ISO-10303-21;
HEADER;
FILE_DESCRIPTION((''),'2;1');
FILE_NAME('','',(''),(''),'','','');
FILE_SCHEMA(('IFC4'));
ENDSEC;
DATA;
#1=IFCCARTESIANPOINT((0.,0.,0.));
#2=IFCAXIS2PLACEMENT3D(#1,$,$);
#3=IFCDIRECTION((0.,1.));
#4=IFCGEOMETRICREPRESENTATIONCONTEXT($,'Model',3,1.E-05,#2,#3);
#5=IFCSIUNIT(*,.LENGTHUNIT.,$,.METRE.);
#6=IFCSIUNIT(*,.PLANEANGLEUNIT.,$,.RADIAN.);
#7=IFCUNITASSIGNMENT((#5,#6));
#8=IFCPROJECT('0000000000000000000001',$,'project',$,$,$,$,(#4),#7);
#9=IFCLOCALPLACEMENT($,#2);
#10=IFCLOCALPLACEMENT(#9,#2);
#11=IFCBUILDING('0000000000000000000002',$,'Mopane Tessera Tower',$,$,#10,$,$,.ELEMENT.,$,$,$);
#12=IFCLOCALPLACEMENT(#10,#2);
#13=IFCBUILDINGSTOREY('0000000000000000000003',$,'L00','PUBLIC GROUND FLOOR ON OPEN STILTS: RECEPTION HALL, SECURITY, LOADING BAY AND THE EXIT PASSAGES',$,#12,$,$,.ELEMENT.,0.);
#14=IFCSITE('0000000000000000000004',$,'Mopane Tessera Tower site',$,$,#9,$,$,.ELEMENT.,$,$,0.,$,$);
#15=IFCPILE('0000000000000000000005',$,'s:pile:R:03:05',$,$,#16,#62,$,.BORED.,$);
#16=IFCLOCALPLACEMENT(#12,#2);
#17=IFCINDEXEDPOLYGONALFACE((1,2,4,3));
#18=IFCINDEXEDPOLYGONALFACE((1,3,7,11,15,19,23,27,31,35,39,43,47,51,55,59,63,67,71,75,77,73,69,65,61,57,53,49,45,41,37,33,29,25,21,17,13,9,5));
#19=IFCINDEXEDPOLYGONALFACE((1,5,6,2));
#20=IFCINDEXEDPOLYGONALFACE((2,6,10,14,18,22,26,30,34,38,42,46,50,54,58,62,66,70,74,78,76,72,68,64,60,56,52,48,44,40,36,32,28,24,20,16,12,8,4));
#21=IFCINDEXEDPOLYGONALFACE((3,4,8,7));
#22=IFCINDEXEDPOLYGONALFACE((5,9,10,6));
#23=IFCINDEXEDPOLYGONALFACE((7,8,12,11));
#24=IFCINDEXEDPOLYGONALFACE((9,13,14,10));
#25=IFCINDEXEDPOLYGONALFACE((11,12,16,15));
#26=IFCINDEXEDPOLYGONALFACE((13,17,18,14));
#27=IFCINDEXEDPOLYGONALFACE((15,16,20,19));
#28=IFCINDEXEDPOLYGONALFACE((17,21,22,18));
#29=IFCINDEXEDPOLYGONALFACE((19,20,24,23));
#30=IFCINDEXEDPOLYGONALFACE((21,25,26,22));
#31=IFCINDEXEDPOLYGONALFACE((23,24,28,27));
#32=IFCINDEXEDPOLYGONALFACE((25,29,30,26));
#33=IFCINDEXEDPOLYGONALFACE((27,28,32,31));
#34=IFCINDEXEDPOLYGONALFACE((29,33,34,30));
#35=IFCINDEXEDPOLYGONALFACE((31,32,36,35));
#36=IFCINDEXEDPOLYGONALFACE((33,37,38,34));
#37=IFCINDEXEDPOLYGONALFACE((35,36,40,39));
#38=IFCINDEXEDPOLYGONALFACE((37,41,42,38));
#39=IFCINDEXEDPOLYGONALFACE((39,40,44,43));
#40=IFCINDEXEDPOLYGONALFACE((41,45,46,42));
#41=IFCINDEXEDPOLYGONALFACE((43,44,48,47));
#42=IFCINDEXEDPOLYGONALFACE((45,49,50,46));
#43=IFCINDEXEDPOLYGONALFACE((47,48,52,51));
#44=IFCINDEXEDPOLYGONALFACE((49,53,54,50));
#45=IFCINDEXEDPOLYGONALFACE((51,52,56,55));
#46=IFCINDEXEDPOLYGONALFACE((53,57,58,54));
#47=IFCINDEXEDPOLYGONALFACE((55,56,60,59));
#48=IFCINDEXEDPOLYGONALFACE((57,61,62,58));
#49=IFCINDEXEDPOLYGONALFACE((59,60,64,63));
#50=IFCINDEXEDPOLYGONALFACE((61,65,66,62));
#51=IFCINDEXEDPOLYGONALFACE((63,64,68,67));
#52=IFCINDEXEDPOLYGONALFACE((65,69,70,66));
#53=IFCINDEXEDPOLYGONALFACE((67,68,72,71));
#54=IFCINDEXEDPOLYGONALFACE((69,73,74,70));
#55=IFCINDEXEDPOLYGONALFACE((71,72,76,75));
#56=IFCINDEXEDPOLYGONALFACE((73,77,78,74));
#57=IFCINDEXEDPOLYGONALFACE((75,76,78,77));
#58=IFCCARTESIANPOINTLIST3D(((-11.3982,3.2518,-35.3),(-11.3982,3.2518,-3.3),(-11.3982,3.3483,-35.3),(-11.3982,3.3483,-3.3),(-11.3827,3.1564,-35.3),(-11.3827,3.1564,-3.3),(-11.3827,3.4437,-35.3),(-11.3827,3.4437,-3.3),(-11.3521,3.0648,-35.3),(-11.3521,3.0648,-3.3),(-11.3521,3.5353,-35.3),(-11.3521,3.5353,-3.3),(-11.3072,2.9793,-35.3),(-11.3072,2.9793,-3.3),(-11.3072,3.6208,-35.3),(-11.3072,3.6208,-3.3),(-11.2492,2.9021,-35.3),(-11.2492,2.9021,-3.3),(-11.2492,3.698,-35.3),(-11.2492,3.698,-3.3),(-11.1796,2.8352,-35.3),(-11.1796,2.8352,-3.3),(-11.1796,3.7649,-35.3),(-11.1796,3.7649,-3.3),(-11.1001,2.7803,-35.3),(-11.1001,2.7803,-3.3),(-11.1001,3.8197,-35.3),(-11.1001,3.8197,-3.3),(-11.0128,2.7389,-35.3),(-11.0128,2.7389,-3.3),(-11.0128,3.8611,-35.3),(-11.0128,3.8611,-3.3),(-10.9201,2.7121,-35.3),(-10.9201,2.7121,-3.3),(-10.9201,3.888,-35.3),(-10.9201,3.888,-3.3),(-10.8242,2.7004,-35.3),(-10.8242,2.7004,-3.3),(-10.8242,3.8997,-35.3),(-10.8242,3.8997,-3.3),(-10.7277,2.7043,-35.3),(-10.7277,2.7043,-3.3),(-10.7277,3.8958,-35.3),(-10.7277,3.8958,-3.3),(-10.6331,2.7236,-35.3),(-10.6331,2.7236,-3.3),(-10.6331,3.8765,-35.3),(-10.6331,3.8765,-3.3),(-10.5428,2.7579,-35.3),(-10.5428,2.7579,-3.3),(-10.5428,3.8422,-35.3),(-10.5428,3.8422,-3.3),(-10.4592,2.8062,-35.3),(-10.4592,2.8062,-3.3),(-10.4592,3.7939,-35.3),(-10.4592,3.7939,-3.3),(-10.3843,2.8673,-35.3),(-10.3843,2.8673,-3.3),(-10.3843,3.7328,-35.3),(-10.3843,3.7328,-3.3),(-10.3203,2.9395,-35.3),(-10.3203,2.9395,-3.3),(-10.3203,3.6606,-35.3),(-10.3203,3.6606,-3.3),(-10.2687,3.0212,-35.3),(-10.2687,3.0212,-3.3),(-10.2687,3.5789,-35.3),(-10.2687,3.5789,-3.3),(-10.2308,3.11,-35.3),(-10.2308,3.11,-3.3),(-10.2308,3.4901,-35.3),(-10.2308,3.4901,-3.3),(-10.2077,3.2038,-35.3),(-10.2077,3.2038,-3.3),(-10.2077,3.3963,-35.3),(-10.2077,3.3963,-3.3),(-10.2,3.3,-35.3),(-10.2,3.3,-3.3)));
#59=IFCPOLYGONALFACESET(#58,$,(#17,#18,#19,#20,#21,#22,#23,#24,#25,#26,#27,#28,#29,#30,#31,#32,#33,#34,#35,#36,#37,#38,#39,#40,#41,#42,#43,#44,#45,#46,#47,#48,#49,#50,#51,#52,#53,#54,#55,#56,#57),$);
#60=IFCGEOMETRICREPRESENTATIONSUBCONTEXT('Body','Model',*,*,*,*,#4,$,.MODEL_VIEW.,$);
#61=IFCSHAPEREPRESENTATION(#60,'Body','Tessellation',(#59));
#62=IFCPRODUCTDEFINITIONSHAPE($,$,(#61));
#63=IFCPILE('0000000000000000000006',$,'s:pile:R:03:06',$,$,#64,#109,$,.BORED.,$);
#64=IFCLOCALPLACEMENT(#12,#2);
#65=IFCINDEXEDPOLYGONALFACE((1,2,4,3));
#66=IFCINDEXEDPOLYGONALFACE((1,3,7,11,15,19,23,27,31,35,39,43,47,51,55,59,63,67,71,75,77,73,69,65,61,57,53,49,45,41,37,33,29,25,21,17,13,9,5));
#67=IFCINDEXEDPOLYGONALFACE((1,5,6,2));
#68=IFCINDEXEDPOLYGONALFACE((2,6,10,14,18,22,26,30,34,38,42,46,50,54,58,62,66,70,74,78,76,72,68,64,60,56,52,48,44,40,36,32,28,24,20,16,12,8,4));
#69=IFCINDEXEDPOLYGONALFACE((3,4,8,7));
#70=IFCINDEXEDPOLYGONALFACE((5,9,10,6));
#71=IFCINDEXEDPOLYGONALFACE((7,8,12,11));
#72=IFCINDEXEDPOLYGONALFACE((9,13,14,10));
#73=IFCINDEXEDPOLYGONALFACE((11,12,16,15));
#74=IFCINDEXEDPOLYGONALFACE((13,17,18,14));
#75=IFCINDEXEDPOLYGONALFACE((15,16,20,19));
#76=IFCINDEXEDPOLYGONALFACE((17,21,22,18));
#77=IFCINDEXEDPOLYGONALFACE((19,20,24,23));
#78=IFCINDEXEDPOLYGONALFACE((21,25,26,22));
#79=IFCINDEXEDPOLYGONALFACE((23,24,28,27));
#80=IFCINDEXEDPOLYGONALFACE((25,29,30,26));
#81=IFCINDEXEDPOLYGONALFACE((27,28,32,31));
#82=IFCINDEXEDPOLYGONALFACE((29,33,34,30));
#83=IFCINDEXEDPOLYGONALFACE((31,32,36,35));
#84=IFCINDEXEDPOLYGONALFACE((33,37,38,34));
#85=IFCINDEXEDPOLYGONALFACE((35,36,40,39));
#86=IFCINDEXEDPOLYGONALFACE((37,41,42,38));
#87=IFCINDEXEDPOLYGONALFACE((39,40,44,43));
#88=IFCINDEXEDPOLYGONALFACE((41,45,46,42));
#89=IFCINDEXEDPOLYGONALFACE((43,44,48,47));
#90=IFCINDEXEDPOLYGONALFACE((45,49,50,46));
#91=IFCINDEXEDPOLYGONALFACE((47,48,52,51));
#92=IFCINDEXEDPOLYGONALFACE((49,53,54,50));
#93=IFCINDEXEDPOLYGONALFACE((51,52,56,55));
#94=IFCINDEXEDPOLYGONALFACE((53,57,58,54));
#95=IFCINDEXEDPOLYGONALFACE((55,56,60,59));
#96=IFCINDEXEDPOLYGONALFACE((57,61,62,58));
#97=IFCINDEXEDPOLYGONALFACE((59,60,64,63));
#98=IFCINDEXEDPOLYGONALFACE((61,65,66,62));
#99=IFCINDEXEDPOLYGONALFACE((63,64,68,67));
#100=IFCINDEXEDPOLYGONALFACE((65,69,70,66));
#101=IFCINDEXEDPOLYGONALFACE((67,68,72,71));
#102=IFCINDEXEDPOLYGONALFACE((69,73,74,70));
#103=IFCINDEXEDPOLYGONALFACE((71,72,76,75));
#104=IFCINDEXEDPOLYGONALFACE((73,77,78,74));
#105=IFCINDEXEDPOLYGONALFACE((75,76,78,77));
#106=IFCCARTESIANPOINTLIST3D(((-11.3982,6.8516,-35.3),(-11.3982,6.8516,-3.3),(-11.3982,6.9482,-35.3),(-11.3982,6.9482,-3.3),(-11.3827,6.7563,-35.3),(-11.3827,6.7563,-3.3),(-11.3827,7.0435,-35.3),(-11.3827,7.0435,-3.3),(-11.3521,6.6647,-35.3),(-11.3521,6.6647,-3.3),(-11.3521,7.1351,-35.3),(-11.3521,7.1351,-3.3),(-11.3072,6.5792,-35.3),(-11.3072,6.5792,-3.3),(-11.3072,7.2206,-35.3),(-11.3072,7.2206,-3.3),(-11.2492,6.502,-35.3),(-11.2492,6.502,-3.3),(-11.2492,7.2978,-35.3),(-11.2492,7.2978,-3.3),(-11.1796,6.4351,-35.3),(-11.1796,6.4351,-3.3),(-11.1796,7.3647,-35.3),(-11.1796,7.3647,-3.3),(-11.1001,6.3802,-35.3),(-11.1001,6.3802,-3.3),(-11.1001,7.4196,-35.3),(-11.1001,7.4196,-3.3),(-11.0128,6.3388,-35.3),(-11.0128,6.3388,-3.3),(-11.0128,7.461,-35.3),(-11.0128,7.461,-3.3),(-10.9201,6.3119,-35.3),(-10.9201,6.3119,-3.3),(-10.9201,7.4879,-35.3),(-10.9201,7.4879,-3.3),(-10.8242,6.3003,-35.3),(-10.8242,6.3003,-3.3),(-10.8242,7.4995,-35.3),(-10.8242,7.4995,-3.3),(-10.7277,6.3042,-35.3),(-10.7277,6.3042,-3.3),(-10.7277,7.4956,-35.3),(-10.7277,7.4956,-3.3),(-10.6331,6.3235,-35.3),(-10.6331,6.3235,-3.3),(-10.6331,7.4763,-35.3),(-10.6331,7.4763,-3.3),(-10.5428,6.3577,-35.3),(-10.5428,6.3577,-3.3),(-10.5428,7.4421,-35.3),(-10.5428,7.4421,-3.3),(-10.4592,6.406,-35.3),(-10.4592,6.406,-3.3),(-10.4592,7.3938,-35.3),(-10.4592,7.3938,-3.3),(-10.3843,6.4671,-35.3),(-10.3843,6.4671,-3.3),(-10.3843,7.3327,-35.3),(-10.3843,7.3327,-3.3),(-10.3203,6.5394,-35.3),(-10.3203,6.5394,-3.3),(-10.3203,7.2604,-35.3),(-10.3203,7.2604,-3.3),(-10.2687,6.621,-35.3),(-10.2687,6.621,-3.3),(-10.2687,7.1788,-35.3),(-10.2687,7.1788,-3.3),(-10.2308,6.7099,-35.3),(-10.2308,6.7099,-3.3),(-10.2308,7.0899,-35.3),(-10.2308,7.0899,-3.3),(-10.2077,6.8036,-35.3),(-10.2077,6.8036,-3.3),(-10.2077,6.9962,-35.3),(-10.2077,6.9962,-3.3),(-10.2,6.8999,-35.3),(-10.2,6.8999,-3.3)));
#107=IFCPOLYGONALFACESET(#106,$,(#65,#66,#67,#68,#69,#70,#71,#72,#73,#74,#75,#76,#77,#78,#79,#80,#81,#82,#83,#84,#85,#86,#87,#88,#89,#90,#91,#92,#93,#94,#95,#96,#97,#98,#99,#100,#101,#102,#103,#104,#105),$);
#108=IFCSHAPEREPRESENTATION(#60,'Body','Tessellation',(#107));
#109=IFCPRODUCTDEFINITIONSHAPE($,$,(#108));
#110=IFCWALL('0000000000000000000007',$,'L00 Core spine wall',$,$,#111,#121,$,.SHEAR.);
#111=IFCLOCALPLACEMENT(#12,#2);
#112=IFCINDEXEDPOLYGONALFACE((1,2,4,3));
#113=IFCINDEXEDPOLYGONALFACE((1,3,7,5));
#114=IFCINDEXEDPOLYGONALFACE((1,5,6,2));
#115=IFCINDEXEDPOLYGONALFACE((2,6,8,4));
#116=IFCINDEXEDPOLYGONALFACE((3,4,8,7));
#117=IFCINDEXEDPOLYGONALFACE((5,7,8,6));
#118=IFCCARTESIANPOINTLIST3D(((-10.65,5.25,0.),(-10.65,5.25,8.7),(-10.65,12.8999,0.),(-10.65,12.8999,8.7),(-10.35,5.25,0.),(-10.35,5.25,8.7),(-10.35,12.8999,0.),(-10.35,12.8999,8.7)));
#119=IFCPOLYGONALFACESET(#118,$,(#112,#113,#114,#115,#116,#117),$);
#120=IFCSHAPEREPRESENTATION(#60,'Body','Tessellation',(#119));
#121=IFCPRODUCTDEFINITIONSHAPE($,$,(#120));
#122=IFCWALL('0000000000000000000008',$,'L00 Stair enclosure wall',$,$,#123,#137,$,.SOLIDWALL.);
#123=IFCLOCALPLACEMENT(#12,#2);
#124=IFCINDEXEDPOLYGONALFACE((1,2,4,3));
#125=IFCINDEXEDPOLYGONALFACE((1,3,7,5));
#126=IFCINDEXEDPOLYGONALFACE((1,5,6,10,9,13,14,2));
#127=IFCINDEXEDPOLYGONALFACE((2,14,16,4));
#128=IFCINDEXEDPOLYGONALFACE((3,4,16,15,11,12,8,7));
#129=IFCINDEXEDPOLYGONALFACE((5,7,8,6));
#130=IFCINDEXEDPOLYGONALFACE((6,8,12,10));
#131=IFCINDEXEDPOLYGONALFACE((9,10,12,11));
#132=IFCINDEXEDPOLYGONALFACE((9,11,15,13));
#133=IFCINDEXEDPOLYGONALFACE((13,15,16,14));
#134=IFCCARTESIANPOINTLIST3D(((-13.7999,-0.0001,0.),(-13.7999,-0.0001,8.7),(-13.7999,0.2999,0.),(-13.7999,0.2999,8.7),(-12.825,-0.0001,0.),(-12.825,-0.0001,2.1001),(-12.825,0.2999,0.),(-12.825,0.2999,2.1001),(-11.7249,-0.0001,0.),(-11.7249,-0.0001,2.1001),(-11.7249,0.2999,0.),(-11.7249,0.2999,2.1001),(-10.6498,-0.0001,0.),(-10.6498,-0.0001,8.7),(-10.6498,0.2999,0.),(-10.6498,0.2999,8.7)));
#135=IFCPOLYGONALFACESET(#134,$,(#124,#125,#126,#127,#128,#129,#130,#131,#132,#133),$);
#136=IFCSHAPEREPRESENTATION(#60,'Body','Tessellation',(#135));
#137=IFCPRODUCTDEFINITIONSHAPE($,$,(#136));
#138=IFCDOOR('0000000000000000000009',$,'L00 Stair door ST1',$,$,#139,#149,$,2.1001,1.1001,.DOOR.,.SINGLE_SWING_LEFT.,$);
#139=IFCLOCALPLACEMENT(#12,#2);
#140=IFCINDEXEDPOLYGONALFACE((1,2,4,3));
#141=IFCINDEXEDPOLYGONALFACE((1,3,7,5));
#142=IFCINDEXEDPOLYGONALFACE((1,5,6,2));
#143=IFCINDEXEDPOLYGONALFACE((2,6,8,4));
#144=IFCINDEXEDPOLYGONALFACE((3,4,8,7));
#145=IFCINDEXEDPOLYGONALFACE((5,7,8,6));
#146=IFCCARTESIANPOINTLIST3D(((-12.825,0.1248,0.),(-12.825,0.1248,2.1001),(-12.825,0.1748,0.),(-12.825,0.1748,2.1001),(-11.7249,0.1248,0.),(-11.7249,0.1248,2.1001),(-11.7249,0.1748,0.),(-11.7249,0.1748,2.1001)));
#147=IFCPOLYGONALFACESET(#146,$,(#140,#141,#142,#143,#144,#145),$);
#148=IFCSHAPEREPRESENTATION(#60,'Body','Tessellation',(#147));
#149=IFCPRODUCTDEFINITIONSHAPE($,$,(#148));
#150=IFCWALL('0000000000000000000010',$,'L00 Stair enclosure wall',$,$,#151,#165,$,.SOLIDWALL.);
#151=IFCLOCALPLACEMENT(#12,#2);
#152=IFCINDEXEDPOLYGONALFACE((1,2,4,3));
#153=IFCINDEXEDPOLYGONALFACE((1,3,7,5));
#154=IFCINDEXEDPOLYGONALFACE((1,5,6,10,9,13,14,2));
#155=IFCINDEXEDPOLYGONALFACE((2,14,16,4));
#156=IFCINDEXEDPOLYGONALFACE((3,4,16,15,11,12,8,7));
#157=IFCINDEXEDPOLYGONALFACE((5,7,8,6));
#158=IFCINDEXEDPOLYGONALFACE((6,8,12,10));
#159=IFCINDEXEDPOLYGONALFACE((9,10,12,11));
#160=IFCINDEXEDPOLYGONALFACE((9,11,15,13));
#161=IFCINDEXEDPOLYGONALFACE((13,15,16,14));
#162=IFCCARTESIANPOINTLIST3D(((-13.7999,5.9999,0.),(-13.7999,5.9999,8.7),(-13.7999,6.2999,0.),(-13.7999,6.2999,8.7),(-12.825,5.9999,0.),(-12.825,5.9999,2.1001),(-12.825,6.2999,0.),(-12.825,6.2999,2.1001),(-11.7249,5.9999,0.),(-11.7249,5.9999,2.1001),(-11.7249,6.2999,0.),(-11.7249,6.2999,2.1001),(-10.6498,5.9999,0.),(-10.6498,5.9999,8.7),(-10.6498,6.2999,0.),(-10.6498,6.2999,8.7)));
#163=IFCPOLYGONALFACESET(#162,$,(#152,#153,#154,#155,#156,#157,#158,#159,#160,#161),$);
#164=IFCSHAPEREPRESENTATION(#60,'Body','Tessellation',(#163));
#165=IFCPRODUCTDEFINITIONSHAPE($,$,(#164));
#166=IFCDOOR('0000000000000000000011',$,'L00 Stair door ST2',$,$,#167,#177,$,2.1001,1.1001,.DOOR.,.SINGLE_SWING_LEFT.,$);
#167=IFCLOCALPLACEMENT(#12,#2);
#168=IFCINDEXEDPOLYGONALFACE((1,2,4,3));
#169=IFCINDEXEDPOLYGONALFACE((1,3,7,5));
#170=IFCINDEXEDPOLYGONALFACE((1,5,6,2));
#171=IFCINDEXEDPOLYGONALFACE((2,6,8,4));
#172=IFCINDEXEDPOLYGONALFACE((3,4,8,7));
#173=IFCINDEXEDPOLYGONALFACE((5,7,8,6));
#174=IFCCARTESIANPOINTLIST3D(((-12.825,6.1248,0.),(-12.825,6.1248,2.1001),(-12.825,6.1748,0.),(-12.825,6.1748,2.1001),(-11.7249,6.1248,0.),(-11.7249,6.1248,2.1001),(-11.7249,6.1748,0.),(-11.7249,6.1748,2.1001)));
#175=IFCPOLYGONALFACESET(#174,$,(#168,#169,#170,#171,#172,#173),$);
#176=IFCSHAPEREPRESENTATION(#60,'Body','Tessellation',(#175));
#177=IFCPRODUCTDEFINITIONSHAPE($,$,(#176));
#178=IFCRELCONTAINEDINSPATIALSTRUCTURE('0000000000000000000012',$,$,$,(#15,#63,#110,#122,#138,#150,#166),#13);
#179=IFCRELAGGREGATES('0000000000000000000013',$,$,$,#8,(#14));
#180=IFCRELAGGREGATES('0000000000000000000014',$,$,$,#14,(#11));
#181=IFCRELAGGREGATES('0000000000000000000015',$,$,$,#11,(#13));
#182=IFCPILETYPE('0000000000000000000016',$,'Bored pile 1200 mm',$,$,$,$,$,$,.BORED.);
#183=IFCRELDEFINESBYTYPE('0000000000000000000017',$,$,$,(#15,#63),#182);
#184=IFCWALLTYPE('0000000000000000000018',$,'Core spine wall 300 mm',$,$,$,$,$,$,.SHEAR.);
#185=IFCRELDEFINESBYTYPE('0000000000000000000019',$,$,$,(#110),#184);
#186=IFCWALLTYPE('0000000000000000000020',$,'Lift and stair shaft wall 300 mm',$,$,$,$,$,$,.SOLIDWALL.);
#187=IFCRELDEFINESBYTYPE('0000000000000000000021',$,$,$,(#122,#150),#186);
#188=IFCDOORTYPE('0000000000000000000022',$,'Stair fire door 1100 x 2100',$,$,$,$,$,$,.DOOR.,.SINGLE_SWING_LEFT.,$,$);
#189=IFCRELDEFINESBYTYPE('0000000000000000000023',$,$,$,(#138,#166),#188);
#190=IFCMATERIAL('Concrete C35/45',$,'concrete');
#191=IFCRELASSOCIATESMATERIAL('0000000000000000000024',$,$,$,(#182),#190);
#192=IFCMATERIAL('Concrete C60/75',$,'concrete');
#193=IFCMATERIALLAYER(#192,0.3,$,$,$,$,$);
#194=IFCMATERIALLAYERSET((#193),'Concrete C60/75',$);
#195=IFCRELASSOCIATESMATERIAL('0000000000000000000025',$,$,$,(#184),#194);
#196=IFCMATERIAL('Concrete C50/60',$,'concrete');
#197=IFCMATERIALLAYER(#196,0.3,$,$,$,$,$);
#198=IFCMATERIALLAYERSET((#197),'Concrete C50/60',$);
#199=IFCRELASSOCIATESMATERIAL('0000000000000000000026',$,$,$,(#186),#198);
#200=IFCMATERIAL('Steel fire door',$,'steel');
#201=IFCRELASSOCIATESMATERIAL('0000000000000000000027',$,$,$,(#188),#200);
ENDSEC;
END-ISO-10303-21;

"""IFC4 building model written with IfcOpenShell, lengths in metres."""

from ifc_helpers import new_model, si_unit, direction, frame, frame_2d, origin, origin_2d, place, context, subcontext, project, spatial, rectangle, circle, extrude, material, layer, layer_set, material_profile, profile_set, type_object, element, fill, save


model = new_model("IFC4")

# Units and contexts
model_context = context("Model", 3, precision=1e-05, world=origin(), true_north=direction((0.0, 1.0)))
body_context = subcontext(model_context, "Body", "Model", "MODEL_VIEW")
ifc_project = project(units=[si_unit("LENGTHUNIT", "METRE"), si_unit("PLANEANGLEUNIT", "RADIAN")], contexts=[model_context])

# Site, building, storey
site_placement = place(None, origin())
site = spatial("IfcSite", under=ifc_project, at=site_placement, Name="Mopane Tessera Tower site", CompositionType="ELEMENT", RefElevation=0.0)
building_placement = place(site_placement, origin())
building = spatial("IfcBuilding", under=site, at=building_placement, Name="Mopane Tessera Tower", CompositionType="ELEMENT")
storey_placement = place(building_placement, origin())
storey = spatial("IfcBuildingStorey", under=building, at=storey_placement, Name="L00", Description="PUBLIC GROUND FLOOR ON OPEN STILTS: RECEPTION HALL, SECURITY, LOADING BAY AND THE EXIT PASSAGES", CompositionType="ELEMENT", Elevation=0.0)

# Piles
ifc_material_1 = material(Name="Concrete C35/45", Category="concrete")
ifc_material_profile = material_profile(ifc_material_1, circle(Radius=0.6001, at=origin_2d()))
ifc_profile_set = profile_set([ifc_material_profile], Name="Concrete C35/45")
pile_type = type_object("IfcPileType", Name="Bored pile 1200 mm", PredefinedType="BORED", material=ifc_profile_set)
for number, where, z_axis, x_axis, name in (
    (1, (-10.8, 3.3, -3.3), (0.0, 0.0, -1.0), (1.0, 0.0, 0.0), "s:pile:R:03:05"),
    (2, (-10.8, 6.8999, -3.3), (0.0, 0.0, -1.0), (1.0, 0.0, 0.0), "s:pile:R:03:06"),
):
    element("IfcPile", number, at=place(storey_placement, frame(where, z_axis=z_axis, x_axis=x_axis)), inside=storey, type_object=pile_type, Name=name, PredefinedType="BORED", context=body_context, shape_type="SweptSolid", body=[
        extrude(circle(Radius=0.6001, at=origin_2d()), origin(), (0.0, 0.0, 1.0), 32.0),
    ])

# Wall
ifc_material_2 = material(Name="Concrete C60/75", Category="concrete")
ifc_layer_1 = layer(ifc_material_2, 0.3)
ifc_layer_set_1 = layer_set([ifc_layer_1], Name="Concrete C60/75")
wall_type_1 = type_object("IfcWallType", Name="Core spine wall 300 mm", PredefinedType="SHEAR", material=ifc_layer_set_1)
wall_1_placement = place(storey_placement, frame((-10.5, 5.25, 0.0), z_axis=(0.0, 0.0, 1.0), x_axis=(0.0, 1.0, 0.0)))
element("IfcWall", 3, at=wall_1_placement, inside=storey, type_object=wall_type_1, Name="L00 Core spine wall", PredefinedType="SHEAR", context=body_context, shape_type="SweptSolid", body=[
    extrude(rectangle(XDim=7.6499, YDim=0.3, at=frame_2d((3.825, 0.0))), origin(), (0.0, 0.0, 1.0), 8.7),
])

# Walls, openings, doors
ifc_material_3 = material(Name="Concrete C50/60", Category="concrete")
ifc_layer_2 = layer(ifc_material_3, 0.3)
ifc_layer_set_2 = layer_set([ifc_layer_2], Name="Concrete C50/60")
wall_type_2 = type_object("IfcWallType", Name="Lift and stair shaft wall 300 mm", PredefinedType="SOLIDWALL", material=ifc_layer_set_2)
wall_2_placement = place(storey_placement, frame((-13.8, 0.1499, 0.0), z_axis=(0.0, 0.0, 1.0), x_axis=(1.0, 0.0, 0.0)))
wall_2 = element("IfcWall", 4, at=wall_2_placement, inside=storey, type_object=wall_type_2, Name="L00 Stair enclosure wall", PredefinedType="SOLIDWALL", context=body_context, shape_type="SweptSolid", body=[
    extrude(rectangle(XDim=3.1501, YDim=0.3, at=frame_2d((1.5752, 0.0))), origin(), (0.0, 0.0, 1.0), 8.7),
])
opening_1_placement = place(wall_2_placement, frame((0.9751, 0.0, 0.0)))
opening_1 = element("IfcOpeningElement", 5, at=opening_1_placement, cuts=wall_2, PredefinedType="OPENING", context=body_context, shape_type="SweptSolid", body=[
    extrude(rectangle(XDim=1.1001, YDim=2.1001, at=frame_2d((0.55, 1.05))), frame((0.0, 0.1621, 0.0), z_axis=(0.0, -1.0, 0.0), x_axis=(1.0, 0.0, 0.0)), (0.0, 0.0, 1.0), 0.324),
])
ifc_material_4 = material(Name="Steel fire door", Category="steel")
door_type_1 = type_object("IfcDoorType", Name="Stair fire door 1100 x 2100", OperationType="SINGLE_SWING_LEFT", PredefinedType="DOOR", material=ifc_material_4)
door_1_placement = place(opening_1_placement, origin())
door_1 = element("IfcDoor", 6, at=door_1_placement, inside=storey, type_object=door_type_1, Name="L00 Stair door ST1", OperationType="SINGLE_SWING_LEFT", OverallHeight=2.1001, OverallWidth=1.1001, PredefinedType="DOOR", context=body_context, shape_type="SweptSolid", body=[
    extrude(rectangle(XDim=1.1001, YDim=2.1001, at=frame_2d((0.55, 1.05))), frame((0.0, 0.0249, 0.0), z_axis=(0.0, -1.0, 0.0), x_axis=(1.0, 0.0, 0.0)), (0.0, 0.0, 1.0), 0.05),
])
fill(opening_1, door_1)
wall_3_placement = place(storey_placement, frame((-13.8, 6.1499, 0.0), z_axis=(0.0, 0.0, 1.0), x_axis=(1.0, 0.0, 0.0)))
wall_3 = element("IfcWall", 7, at=wall_3_placement, inside=storey, type_object=wall_type_2, Name="L00 Stair enclosure wall", PredefinedType="SOLIDWALL", context=body_context, shape_type="SweptSolid", body=[
    extrude(rectangle(XDim=3.1501, YDim=0.3, at=frame_2d((1.5752, 0.0))), origin(), (0.0, 0.0, 1.0), 8.7),
])
opening_2_placement = place(wall_3_placement, frame((0.9751, 0.0, 0.0)))
opening_2 = element("IfcOpeningElement", 8, at=opening_2_placement, cuts=wall_3, PredefinedType="OPENING", context=body_context, shape_type="SweptSolid", body=[
    extrude(rectangle(XDim=1.1001, YDim=2.1001, at=frame_2d((0.55, 1.05))), frame((0.0, 0.1621, 0.0), z_axis=(0.0, -1.0, 0.0), x_axis=(1.0, 0.0, 0.0)), (0.0, 0.0, 1.0), 0.324),
])
door_2_placement = place(opening_2_placement, origin())
door_2 = element("IfcDoor", 9, at=door_2_placement, inside=storey, type_object=door_type_1, Name="L00 Stair door ST2", OperationType="SINGLE_SWING_LEFT", OverallHeight=2.1001, OverallWidth=1.1001, PredefinedType="DOOR", context=body_context, shape_type="SweptSolid", body=[
    extrude(rectangle(XDim=1.1001, YDim=2.1001, at=frame_2d((0.55, 1.05))), frame((0.0, 0.0249, 0.0), z_axis=(0.0, -1.0, 0.0), x_axis=(1.0, 0.0, 0.0)), (0.0, 0.0, 1.0), 0.05),
])
fill(opening_2, door_2)

save(model, "model.ifc")
